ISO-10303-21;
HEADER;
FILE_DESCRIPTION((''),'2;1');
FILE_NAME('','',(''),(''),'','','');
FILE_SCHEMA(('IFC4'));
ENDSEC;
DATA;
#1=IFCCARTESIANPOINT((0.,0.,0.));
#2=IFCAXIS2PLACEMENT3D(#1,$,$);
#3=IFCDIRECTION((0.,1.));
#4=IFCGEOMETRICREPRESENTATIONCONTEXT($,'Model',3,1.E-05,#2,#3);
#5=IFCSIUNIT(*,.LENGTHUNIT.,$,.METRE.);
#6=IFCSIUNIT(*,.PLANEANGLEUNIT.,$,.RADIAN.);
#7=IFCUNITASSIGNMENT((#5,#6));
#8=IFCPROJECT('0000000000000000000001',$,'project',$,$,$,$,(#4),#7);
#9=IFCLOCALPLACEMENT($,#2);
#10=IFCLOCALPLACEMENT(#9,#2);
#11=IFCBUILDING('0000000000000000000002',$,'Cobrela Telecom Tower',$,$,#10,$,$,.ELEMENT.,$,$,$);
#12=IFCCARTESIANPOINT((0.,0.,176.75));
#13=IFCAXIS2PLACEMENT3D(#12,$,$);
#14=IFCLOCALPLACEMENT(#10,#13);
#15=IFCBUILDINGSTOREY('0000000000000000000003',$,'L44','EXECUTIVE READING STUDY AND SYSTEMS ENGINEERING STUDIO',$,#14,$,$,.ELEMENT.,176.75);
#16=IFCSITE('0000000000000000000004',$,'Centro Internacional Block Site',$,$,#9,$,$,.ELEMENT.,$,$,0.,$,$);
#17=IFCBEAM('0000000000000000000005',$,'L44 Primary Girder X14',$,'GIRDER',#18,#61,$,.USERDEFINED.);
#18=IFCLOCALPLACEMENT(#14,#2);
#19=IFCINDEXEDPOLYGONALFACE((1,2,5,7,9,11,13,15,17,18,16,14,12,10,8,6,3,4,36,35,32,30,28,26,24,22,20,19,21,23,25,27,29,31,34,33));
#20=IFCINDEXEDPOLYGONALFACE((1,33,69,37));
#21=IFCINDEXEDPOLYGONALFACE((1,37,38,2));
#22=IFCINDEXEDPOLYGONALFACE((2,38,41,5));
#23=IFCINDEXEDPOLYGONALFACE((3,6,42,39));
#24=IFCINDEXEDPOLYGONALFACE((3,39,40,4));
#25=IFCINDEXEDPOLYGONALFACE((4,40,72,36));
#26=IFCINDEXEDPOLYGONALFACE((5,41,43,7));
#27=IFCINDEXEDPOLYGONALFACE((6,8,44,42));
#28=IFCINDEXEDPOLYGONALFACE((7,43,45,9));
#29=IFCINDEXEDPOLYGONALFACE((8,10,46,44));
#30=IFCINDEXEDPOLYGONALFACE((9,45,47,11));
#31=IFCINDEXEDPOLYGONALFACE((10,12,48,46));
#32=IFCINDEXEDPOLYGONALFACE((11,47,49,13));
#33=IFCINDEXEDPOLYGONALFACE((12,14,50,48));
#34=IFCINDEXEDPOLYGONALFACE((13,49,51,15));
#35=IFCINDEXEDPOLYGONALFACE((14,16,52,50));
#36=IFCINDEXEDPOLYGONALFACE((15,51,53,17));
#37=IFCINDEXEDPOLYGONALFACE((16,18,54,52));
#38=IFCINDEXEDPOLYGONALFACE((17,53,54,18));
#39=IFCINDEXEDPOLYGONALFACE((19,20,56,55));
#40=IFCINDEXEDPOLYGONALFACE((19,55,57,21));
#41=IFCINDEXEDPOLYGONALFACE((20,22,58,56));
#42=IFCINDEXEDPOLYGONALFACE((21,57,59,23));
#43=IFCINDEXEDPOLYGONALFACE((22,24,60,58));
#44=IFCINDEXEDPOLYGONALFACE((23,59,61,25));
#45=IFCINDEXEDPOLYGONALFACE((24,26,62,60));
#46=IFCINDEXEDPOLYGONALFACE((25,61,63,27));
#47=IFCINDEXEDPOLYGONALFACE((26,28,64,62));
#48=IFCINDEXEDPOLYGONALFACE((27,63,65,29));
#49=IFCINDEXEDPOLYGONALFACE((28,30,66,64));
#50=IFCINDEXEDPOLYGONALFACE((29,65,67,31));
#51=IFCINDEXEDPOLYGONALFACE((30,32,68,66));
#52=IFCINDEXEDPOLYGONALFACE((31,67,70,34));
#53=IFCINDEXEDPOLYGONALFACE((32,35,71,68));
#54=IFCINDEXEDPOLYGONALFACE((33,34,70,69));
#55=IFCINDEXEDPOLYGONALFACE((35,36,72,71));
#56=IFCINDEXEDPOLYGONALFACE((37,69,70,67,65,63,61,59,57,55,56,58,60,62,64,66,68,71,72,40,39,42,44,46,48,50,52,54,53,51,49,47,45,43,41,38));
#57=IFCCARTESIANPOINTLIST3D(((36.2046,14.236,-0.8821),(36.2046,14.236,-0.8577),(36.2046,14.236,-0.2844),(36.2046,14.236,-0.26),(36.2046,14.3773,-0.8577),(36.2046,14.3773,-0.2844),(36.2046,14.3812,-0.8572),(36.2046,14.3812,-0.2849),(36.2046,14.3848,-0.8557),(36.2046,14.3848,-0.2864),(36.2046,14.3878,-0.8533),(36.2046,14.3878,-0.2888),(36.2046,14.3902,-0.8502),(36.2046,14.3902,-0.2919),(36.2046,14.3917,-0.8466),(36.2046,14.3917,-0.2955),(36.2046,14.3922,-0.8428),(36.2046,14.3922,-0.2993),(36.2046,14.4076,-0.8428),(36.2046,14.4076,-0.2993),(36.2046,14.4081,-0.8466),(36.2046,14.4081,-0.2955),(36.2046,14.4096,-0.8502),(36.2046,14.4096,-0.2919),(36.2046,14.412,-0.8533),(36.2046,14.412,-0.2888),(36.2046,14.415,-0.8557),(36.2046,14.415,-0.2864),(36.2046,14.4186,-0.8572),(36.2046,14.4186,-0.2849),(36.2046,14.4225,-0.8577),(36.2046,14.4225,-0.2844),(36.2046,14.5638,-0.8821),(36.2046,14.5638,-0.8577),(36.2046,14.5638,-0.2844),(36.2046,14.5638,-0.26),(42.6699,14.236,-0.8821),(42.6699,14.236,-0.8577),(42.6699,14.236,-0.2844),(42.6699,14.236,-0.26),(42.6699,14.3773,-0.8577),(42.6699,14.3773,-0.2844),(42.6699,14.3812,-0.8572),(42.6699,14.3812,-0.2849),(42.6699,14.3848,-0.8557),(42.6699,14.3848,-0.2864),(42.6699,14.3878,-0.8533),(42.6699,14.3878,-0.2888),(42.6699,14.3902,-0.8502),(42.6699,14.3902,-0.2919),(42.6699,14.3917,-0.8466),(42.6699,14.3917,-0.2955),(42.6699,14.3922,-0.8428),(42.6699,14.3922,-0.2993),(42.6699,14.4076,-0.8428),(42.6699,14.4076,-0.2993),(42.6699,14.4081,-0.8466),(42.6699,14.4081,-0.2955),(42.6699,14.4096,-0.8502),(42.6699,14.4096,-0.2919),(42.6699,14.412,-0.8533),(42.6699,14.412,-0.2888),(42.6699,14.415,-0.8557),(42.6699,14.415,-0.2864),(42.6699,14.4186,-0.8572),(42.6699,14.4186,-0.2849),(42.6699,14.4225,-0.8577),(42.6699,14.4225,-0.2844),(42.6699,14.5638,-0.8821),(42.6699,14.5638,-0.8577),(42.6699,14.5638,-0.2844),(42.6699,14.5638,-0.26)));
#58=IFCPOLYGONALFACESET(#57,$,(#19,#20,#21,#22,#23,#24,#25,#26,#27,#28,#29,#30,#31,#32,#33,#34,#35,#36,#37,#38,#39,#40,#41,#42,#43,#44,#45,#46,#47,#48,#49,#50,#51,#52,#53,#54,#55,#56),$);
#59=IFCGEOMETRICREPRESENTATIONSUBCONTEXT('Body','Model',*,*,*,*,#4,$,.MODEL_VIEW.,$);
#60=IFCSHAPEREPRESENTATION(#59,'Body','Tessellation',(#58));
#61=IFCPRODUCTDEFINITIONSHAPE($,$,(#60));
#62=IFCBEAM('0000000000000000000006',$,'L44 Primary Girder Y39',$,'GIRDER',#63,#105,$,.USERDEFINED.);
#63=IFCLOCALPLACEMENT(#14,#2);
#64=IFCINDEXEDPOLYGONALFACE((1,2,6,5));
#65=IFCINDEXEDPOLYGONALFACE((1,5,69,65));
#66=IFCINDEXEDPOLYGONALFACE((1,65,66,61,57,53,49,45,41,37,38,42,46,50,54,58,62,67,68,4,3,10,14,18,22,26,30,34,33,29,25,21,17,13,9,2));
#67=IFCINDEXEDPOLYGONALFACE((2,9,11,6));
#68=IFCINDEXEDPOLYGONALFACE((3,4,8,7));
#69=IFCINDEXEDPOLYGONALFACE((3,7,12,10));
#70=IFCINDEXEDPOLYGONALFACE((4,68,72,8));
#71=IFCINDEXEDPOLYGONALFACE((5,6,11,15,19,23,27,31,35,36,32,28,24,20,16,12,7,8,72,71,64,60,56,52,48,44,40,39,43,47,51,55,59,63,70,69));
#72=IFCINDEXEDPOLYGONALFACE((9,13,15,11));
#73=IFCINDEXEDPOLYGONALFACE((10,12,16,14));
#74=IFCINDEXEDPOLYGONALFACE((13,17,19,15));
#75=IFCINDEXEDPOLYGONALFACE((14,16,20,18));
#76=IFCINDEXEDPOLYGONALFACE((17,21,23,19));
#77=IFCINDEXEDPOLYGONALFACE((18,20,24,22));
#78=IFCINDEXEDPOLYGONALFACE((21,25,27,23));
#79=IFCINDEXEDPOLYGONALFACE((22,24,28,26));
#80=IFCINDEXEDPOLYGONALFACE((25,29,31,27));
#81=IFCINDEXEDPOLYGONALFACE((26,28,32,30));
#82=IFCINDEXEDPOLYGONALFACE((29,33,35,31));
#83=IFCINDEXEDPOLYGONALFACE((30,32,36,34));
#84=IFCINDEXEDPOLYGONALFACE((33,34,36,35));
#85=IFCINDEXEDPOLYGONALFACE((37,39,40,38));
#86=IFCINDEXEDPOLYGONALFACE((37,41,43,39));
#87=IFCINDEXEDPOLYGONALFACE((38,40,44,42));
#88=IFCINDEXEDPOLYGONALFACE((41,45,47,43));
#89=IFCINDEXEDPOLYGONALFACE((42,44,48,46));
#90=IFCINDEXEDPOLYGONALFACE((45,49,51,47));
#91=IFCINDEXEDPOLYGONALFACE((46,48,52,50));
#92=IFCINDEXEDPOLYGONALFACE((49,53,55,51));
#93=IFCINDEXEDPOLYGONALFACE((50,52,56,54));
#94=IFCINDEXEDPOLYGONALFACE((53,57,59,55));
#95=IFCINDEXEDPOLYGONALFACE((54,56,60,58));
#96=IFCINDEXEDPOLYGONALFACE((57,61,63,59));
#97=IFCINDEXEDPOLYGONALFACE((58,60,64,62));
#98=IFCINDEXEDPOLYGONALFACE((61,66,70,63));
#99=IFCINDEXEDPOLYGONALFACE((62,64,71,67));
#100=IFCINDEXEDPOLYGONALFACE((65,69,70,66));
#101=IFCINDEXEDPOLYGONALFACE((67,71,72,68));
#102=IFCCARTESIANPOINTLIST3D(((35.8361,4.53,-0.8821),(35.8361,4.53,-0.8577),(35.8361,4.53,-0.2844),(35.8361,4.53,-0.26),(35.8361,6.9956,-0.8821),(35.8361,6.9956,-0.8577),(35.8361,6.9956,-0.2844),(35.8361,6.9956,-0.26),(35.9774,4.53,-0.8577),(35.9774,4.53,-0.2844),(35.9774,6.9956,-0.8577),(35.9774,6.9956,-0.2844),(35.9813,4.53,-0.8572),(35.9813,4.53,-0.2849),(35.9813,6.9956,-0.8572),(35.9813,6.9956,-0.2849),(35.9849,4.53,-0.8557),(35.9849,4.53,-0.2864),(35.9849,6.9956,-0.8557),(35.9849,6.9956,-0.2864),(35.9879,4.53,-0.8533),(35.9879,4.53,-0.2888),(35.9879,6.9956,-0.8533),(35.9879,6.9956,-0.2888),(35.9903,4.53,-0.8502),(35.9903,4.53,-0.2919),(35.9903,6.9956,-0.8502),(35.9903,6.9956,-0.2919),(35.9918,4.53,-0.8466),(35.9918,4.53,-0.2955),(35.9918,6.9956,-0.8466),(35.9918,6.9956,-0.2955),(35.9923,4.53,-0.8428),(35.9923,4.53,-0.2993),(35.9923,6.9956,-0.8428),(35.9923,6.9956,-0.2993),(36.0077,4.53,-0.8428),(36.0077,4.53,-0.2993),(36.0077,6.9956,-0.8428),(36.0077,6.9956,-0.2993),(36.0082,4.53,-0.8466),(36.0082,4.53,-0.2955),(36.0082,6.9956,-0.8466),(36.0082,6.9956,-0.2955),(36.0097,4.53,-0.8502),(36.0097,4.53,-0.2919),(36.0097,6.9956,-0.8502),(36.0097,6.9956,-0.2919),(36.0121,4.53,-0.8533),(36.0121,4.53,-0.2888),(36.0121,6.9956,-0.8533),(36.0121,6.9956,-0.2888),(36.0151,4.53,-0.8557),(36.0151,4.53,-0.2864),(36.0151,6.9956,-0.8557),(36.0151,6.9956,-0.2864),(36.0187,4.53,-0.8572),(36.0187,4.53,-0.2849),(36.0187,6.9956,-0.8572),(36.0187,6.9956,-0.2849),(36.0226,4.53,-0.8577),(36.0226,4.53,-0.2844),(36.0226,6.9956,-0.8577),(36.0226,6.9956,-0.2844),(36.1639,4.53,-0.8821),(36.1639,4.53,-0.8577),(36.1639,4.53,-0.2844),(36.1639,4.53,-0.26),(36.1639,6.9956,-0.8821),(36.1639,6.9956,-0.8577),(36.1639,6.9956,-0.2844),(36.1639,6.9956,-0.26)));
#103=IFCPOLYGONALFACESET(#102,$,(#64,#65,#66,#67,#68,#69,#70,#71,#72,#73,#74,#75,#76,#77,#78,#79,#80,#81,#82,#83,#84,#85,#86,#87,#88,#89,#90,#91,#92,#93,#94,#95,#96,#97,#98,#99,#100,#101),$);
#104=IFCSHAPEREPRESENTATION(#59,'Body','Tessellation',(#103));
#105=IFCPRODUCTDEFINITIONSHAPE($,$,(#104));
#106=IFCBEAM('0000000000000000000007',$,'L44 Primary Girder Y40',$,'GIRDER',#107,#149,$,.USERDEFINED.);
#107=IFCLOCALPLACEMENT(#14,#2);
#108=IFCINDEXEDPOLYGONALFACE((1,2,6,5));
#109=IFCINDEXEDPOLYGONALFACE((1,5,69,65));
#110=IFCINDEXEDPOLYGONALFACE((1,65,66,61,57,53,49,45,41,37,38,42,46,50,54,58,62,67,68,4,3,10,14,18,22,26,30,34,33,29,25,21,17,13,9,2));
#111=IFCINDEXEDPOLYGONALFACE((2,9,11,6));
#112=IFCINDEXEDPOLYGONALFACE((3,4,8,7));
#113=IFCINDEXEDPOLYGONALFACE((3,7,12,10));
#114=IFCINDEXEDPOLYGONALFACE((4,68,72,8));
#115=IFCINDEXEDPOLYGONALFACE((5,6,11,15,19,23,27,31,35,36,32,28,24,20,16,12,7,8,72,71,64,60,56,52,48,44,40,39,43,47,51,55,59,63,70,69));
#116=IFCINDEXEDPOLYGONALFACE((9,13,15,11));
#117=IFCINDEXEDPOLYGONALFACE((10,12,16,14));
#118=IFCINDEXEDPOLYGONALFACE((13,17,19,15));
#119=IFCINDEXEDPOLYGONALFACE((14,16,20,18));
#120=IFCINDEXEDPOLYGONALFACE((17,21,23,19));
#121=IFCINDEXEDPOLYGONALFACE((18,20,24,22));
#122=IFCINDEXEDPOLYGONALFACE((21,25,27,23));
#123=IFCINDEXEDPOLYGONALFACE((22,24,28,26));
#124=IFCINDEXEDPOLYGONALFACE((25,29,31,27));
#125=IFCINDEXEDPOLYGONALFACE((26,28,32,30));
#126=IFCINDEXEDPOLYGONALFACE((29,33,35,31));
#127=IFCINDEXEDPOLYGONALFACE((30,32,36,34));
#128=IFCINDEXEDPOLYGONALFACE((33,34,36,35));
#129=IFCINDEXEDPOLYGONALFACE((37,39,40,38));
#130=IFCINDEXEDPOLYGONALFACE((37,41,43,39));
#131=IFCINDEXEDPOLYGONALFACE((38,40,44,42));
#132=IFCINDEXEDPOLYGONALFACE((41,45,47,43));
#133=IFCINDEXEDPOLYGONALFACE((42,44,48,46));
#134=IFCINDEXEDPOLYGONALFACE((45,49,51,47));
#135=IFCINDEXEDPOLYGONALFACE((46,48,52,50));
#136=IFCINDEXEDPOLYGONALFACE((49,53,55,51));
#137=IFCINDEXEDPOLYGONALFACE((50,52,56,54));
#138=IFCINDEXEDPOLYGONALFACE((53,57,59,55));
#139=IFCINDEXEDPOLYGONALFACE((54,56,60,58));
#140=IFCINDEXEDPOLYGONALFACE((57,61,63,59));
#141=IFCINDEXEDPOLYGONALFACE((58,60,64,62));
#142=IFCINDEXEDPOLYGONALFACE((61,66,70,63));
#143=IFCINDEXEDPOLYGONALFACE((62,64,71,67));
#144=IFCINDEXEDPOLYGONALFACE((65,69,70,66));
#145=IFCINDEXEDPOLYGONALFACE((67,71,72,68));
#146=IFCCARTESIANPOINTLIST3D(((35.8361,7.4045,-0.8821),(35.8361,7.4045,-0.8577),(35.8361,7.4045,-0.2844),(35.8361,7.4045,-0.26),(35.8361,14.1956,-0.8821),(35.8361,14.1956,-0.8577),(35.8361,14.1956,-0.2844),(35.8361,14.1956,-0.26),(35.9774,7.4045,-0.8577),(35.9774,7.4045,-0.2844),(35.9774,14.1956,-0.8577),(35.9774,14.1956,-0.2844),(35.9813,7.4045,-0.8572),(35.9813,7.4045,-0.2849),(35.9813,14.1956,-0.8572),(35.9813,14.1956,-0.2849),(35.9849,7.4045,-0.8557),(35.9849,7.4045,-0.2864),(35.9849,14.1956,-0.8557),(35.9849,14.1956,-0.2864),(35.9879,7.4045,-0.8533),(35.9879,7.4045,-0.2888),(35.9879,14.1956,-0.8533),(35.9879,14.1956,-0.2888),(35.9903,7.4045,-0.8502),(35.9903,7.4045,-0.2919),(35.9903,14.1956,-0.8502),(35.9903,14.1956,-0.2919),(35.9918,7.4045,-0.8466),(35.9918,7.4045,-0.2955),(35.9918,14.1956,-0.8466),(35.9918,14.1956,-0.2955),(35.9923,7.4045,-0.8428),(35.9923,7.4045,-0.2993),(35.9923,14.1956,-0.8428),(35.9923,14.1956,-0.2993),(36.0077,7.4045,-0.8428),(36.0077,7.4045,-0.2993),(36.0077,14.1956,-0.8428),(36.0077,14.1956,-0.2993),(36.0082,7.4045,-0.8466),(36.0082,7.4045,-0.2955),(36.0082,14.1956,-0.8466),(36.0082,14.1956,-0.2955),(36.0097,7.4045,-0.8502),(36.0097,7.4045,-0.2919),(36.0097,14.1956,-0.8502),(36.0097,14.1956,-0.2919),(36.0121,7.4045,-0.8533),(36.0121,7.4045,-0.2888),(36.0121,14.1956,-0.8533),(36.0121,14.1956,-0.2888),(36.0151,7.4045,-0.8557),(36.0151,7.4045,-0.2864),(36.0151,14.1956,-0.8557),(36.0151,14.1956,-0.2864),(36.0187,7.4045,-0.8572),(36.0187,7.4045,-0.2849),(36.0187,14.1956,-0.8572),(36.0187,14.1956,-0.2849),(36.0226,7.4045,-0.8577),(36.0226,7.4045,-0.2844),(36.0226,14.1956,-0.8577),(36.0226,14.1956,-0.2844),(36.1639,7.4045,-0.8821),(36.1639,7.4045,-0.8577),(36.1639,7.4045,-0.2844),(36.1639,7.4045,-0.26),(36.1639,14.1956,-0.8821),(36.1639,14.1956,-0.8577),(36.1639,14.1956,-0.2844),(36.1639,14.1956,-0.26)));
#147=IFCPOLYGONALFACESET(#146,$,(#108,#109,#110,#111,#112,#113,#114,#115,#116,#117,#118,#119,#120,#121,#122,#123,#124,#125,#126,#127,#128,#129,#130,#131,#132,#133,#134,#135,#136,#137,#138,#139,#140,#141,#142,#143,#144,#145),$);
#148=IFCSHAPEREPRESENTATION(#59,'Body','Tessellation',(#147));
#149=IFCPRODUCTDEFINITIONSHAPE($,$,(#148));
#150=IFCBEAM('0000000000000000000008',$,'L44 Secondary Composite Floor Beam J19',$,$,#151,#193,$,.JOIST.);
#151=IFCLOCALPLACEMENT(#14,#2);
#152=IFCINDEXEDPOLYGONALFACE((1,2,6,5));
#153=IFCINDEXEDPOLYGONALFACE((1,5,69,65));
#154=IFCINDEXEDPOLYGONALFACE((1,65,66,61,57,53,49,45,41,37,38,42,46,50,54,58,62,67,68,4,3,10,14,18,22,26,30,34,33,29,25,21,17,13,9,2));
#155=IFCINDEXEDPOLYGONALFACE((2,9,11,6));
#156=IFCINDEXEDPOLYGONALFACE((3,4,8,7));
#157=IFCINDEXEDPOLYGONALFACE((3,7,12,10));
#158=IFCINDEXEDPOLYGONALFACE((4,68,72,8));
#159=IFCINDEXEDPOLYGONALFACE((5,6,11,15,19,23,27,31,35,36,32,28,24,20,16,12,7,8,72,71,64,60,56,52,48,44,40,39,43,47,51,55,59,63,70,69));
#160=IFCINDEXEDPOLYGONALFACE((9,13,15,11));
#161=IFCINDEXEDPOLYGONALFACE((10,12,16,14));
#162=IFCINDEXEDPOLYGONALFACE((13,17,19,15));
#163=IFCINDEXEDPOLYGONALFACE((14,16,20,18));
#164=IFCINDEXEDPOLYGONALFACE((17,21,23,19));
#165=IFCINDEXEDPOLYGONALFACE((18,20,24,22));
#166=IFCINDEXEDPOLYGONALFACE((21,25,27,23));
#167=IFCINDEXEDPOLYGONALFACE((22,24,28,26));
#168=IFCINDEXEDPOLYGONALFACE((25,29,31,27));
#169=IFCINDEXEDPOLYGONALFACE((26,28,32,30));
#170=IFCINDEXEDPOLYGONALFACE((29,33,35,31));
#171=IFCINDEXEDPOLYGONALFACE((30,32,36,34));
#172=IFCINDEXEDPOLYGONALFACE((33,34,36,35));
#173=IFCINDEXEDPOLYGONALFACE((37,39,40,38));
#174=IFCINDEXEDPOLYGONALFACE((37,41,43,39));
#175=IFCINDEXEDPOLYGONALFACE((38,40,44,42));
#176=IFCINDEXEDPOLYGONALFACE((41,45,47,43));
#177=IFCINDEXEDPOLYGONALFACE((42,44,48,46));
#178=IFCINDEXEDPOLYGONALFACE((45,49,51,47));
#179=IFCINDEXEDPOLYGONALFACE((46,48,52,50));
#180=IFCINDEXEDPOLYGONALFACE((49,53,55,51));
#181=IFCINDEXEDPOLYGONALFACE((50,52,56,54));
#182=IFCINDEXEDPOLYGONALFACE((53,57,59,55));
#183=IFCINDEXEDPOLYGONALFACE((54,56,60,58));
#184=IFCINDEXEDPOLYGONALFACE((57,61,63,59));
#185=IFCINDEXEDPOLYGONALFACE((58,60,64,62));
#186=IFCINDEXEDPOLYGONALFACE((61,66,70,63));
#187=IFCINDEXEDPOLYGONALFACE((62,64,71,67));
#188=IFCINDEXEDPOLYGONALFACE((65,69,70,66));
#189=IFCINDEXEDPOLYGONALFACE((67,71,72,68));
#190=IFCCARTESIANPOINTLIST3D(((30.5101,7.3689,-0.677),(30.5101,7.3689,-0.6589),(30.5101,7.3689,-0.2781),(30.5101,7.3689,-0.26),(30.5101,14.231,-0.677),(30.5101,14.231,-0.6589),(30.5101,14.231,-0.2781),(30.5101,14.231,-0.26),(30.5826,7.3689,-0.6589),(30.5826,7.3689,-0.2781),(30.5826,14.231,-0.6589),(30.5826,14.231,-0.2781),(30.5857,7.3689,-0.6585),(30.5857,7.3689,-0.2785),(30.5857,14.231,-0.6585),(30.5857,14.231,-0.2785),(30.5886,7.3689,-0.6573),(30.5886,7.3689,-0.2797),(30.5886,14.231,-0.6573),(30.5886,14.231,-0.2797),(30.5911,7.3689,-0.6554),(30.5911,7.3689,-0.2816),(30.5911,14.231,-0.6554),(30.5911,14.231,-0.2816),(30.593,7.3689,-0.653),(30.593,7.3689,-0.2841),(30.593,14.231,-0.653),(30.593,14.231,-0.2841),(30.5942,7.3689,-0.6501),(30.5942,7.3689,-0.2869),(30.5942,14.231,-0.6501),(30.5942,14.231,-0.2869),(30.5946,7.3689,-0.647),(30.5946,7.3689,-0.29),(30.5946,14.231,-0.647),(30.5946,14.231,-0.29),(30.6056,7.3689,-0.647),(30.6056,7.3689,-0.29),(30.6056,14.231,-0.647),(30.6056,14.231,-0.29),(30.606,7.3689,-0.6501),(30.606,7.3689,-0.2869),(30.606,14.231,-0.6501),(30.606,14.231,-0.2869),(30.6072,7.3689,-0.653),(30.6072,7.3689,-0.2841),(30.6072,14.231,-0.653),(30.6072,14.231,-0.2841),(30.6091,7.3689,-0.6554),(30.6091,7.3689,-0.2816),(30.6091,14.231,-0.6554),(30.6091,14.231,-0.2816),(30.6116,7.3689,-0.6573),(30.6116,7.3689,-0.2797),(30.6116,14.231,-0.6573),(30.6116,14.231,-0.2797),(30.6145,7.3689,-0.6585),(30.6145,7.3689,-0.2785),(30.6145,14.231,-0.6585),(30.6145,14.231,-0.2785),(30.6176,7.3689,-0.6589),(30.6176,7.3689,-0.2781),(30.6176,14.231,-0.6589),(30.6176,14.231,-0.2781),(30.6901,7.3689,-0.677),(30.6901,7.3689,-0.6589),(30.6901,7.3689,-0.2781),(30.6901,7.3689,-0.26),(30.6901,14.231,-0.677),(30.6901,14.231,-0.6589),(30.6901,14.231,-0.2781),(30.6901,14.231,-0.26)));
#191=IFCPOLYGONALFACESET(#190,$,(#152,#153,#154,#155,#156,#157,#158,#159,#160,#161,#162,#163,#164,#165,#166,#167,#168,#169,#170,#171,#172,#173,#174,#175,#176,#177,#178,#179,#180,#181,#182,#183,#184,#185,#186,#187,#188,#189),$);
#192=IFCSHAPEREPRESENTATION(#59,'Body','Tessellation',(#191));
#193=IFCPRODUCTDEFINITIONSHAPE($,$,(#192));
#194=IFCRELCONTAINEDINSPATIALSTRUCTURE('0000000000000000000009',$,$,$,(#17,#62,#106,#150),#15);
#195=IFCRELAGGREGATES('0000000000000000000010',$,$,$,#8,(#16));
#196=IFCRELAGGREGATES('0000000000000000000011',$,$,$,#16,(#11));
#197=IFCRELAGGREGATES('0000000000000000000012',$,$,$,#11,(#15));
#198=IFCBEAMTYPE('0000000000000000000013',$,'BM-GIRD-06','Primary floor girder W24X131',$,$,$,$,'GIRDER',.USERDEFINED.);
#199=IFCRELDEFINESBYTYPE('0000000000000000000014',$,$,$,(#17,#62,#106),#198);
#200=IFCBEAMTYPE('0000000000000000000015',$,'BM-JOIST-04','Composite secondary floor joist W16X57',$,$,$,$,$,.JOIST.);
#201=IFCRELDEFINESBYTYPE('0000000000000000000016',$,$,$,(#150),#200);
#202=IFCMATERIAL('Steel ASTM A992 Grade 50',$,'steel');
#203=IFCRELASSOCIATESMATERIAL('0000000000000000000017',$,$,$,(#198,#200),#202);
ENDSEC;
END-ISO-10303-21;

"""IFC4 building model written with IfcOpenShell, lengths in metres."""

from ifc_helpers import new_model, si_unit, direction, frame, origin, origin_2d, place, context, subcontext, project, spatial, i_section, extrude, material, material_profile, profile_set, type_object, element, save


model = new_model("IFC4")

# Units and contexts
model_context = context("Model", 3, precision=1e-05, world=origin(), true_north=direction((0.0, 1.0)))
body_context = subcontext(model_context, "Body", "Model", "MODEL_VIEW")
ifc_project = project(units=[si_unit("LENGTHUNIT", "METRE"), si_unit("PLANEANGLEUNIT", "RADIAN")], contexts=[model_context])

# Site, building, storey
site_placement = place(None, origin())
site = spatial("IfcSite", under=ifc_project, at=site_placement, Name="Centro Internacional Block Site", CompositionType="ELEMENT", RefElevation=0.0)
building_placement = place(site_placement, origin())
building = spatial("IfcBuilding", under=site, at=building_placement, Name="Cobrela Telecom Tower", CompositionType="ELEMENT")
storey_placement = place(building_placement, frame((0.0, 0.0, 176.75)))
storey = spatial("IfcBuildingStorey", under=building, at=storey_placement, Name="L44", Description="EXECUTIVE READING STUDY AND SYSTEMS ENGINEERING STUDIO", CompositionType="ELEMENT", Elevation=176.75)

# Shared definitions
ifc_material_1 = material(Name="Steel ASTM A992 Grade 50", Category="steel")

# Beams
ifc_material_profile_1 = material_profile(ifc_material_1, i_section(OverallWidth=0.3279, OverallDepth=0.6221, WebThickness=0.0154, FlangeThickness=0.0244, FilletRadius=0.0149, at=origin_2d()), Name="W24X131")
ifc_profile_set_1 = profile_set([ifc_material_profile_1], Name="Steel ASTM A992 Grade 50")
beam_type_1 = type_object("IfcBeamType", Name="BM-GIRD-06", Description="Primary floor girder W24X131", ElementType="GIRDER", PredefinedType="USERDEFINED", material=ifc_profile_set_1)
for number, where, z_axis, x_axis, name in (
    (1, (36.2046, 14.3999, -0.571), (1.0, 0.0, 0.0), (0.0, 1.0, 0.0), "L44 Primary Girder X14"),
):
    element("IfcBeam", number, at=place(storey_placement, frame(where, z_axis=z_axis, x_axis=x_axis)), inside=storey, type_object=beam_type_1, Name=name, ObjectType="GIRDER", PredefinedType="USERDEFINED", context=body_context, shape_type="SweptSolid", body=[
        extrude(i_section(OverallWidth=0.3279, OverallDepth=0.6221, WebThickness=0.0154, FlangeThickness=0.0244, FilletRadius=0.0149, at=origin_2d()), origin(), (0.0, 0.0, 1.0), 6.4653),
    ])
beam_1_placement = place(storey_placement, frame((36.0, 4.53, -0.571), z_axis=(0.0, 1.0, 0.0), x_axis=(-1.0, 0.0, 0.0)))
element("IfcBeam", 2, at=beam_1_placement, inside=storey, type_object=beam_type_1, Name="L44 Primary Girder Y39", ObjectType="GIRDER", PredefinedType="USERDEFINED", context=body_context, shape_type="SweptSolid", body=[
    extrude(i_section(OverallWidth=0.3279, OverallDepth=0.6221, WebThickness=0.0154, FlangeThickness=0.0244, FilletRadius=0.0149, at=origin_2d()), origin(), (0.0, 0.0, 1.0), 2.4656),
])
beam_2_placement = place(storey_placement, frame((36.0, 7.4045, -0.571), z_axis=(0.0, 1.0, 0.0), x_axis=(-1.0, 0.0, 0.0)))
element("IfcBeam", 3, at=beam_2_placement, inside=storey, type_object=beam_type_1, Name="L44 Primary Girder Y40", ObjectType="GIRDER", PredefinedType="USERDEFINED", context=body_context, shape_type="SweptSolid", body=[
    extrude(i_section(OverallWidth=0.3279, OverallDepth=0.6221, WebThickness=0.0154, FlangeThickness=0.0244, FilletRadius=0.0149, at=origin_2d()), origin(), (0.0, 0.0, 1.0), 6.791),
])
ifc_material_profile_2 = material_profile(ifc_material_1, i_section(OverallWidth=0.1799, OverallDepth=0.417, WebThickness=0.011, FlangeThickness=0.0181, FilletRadius=0.012, at=origin_2d()), Name="W16X57")
ifc_profile_set_2 = profile_set([ifc_material_profile_2], Name="Steel ASTM A992 Grade 50")
beam_type_2 = type_object("IfcBeamType", Name="BM-JOIST-04", Description="Composite secondary floor joist W16X57", PredefinedType="JOIST", material=ifc_profile_set_2)
for number, where, z_axis, x_axis, name in (
    (4, (30.6001, 7.3689, -0.4685), (0.0, 1.0, 0.0), (-1.0, 0.0, 0.0), "L44 Secondary Composite Floor Beam J19"),
):
    element("IfcBeam", number, at=place(storey_placement, frame(where, z_axis=z_axis, x_axis=x_axis)), inside=storey, type_object=beam_type_2, Name=name, PredefinedType="JOIST", context=body_context, shape_type="SweptSolid", body=[
        extrude(i_section(OverallWidth=0.1799, OverallDepth=0.417, WebThickness=0.011, FlangeThickness=0.0181, FilletRadius=0.012, at=origin_2d()), origin(), (0.0, 0.0, 1.0), 6.8621),
    ])

save(model, "model.ifc")
